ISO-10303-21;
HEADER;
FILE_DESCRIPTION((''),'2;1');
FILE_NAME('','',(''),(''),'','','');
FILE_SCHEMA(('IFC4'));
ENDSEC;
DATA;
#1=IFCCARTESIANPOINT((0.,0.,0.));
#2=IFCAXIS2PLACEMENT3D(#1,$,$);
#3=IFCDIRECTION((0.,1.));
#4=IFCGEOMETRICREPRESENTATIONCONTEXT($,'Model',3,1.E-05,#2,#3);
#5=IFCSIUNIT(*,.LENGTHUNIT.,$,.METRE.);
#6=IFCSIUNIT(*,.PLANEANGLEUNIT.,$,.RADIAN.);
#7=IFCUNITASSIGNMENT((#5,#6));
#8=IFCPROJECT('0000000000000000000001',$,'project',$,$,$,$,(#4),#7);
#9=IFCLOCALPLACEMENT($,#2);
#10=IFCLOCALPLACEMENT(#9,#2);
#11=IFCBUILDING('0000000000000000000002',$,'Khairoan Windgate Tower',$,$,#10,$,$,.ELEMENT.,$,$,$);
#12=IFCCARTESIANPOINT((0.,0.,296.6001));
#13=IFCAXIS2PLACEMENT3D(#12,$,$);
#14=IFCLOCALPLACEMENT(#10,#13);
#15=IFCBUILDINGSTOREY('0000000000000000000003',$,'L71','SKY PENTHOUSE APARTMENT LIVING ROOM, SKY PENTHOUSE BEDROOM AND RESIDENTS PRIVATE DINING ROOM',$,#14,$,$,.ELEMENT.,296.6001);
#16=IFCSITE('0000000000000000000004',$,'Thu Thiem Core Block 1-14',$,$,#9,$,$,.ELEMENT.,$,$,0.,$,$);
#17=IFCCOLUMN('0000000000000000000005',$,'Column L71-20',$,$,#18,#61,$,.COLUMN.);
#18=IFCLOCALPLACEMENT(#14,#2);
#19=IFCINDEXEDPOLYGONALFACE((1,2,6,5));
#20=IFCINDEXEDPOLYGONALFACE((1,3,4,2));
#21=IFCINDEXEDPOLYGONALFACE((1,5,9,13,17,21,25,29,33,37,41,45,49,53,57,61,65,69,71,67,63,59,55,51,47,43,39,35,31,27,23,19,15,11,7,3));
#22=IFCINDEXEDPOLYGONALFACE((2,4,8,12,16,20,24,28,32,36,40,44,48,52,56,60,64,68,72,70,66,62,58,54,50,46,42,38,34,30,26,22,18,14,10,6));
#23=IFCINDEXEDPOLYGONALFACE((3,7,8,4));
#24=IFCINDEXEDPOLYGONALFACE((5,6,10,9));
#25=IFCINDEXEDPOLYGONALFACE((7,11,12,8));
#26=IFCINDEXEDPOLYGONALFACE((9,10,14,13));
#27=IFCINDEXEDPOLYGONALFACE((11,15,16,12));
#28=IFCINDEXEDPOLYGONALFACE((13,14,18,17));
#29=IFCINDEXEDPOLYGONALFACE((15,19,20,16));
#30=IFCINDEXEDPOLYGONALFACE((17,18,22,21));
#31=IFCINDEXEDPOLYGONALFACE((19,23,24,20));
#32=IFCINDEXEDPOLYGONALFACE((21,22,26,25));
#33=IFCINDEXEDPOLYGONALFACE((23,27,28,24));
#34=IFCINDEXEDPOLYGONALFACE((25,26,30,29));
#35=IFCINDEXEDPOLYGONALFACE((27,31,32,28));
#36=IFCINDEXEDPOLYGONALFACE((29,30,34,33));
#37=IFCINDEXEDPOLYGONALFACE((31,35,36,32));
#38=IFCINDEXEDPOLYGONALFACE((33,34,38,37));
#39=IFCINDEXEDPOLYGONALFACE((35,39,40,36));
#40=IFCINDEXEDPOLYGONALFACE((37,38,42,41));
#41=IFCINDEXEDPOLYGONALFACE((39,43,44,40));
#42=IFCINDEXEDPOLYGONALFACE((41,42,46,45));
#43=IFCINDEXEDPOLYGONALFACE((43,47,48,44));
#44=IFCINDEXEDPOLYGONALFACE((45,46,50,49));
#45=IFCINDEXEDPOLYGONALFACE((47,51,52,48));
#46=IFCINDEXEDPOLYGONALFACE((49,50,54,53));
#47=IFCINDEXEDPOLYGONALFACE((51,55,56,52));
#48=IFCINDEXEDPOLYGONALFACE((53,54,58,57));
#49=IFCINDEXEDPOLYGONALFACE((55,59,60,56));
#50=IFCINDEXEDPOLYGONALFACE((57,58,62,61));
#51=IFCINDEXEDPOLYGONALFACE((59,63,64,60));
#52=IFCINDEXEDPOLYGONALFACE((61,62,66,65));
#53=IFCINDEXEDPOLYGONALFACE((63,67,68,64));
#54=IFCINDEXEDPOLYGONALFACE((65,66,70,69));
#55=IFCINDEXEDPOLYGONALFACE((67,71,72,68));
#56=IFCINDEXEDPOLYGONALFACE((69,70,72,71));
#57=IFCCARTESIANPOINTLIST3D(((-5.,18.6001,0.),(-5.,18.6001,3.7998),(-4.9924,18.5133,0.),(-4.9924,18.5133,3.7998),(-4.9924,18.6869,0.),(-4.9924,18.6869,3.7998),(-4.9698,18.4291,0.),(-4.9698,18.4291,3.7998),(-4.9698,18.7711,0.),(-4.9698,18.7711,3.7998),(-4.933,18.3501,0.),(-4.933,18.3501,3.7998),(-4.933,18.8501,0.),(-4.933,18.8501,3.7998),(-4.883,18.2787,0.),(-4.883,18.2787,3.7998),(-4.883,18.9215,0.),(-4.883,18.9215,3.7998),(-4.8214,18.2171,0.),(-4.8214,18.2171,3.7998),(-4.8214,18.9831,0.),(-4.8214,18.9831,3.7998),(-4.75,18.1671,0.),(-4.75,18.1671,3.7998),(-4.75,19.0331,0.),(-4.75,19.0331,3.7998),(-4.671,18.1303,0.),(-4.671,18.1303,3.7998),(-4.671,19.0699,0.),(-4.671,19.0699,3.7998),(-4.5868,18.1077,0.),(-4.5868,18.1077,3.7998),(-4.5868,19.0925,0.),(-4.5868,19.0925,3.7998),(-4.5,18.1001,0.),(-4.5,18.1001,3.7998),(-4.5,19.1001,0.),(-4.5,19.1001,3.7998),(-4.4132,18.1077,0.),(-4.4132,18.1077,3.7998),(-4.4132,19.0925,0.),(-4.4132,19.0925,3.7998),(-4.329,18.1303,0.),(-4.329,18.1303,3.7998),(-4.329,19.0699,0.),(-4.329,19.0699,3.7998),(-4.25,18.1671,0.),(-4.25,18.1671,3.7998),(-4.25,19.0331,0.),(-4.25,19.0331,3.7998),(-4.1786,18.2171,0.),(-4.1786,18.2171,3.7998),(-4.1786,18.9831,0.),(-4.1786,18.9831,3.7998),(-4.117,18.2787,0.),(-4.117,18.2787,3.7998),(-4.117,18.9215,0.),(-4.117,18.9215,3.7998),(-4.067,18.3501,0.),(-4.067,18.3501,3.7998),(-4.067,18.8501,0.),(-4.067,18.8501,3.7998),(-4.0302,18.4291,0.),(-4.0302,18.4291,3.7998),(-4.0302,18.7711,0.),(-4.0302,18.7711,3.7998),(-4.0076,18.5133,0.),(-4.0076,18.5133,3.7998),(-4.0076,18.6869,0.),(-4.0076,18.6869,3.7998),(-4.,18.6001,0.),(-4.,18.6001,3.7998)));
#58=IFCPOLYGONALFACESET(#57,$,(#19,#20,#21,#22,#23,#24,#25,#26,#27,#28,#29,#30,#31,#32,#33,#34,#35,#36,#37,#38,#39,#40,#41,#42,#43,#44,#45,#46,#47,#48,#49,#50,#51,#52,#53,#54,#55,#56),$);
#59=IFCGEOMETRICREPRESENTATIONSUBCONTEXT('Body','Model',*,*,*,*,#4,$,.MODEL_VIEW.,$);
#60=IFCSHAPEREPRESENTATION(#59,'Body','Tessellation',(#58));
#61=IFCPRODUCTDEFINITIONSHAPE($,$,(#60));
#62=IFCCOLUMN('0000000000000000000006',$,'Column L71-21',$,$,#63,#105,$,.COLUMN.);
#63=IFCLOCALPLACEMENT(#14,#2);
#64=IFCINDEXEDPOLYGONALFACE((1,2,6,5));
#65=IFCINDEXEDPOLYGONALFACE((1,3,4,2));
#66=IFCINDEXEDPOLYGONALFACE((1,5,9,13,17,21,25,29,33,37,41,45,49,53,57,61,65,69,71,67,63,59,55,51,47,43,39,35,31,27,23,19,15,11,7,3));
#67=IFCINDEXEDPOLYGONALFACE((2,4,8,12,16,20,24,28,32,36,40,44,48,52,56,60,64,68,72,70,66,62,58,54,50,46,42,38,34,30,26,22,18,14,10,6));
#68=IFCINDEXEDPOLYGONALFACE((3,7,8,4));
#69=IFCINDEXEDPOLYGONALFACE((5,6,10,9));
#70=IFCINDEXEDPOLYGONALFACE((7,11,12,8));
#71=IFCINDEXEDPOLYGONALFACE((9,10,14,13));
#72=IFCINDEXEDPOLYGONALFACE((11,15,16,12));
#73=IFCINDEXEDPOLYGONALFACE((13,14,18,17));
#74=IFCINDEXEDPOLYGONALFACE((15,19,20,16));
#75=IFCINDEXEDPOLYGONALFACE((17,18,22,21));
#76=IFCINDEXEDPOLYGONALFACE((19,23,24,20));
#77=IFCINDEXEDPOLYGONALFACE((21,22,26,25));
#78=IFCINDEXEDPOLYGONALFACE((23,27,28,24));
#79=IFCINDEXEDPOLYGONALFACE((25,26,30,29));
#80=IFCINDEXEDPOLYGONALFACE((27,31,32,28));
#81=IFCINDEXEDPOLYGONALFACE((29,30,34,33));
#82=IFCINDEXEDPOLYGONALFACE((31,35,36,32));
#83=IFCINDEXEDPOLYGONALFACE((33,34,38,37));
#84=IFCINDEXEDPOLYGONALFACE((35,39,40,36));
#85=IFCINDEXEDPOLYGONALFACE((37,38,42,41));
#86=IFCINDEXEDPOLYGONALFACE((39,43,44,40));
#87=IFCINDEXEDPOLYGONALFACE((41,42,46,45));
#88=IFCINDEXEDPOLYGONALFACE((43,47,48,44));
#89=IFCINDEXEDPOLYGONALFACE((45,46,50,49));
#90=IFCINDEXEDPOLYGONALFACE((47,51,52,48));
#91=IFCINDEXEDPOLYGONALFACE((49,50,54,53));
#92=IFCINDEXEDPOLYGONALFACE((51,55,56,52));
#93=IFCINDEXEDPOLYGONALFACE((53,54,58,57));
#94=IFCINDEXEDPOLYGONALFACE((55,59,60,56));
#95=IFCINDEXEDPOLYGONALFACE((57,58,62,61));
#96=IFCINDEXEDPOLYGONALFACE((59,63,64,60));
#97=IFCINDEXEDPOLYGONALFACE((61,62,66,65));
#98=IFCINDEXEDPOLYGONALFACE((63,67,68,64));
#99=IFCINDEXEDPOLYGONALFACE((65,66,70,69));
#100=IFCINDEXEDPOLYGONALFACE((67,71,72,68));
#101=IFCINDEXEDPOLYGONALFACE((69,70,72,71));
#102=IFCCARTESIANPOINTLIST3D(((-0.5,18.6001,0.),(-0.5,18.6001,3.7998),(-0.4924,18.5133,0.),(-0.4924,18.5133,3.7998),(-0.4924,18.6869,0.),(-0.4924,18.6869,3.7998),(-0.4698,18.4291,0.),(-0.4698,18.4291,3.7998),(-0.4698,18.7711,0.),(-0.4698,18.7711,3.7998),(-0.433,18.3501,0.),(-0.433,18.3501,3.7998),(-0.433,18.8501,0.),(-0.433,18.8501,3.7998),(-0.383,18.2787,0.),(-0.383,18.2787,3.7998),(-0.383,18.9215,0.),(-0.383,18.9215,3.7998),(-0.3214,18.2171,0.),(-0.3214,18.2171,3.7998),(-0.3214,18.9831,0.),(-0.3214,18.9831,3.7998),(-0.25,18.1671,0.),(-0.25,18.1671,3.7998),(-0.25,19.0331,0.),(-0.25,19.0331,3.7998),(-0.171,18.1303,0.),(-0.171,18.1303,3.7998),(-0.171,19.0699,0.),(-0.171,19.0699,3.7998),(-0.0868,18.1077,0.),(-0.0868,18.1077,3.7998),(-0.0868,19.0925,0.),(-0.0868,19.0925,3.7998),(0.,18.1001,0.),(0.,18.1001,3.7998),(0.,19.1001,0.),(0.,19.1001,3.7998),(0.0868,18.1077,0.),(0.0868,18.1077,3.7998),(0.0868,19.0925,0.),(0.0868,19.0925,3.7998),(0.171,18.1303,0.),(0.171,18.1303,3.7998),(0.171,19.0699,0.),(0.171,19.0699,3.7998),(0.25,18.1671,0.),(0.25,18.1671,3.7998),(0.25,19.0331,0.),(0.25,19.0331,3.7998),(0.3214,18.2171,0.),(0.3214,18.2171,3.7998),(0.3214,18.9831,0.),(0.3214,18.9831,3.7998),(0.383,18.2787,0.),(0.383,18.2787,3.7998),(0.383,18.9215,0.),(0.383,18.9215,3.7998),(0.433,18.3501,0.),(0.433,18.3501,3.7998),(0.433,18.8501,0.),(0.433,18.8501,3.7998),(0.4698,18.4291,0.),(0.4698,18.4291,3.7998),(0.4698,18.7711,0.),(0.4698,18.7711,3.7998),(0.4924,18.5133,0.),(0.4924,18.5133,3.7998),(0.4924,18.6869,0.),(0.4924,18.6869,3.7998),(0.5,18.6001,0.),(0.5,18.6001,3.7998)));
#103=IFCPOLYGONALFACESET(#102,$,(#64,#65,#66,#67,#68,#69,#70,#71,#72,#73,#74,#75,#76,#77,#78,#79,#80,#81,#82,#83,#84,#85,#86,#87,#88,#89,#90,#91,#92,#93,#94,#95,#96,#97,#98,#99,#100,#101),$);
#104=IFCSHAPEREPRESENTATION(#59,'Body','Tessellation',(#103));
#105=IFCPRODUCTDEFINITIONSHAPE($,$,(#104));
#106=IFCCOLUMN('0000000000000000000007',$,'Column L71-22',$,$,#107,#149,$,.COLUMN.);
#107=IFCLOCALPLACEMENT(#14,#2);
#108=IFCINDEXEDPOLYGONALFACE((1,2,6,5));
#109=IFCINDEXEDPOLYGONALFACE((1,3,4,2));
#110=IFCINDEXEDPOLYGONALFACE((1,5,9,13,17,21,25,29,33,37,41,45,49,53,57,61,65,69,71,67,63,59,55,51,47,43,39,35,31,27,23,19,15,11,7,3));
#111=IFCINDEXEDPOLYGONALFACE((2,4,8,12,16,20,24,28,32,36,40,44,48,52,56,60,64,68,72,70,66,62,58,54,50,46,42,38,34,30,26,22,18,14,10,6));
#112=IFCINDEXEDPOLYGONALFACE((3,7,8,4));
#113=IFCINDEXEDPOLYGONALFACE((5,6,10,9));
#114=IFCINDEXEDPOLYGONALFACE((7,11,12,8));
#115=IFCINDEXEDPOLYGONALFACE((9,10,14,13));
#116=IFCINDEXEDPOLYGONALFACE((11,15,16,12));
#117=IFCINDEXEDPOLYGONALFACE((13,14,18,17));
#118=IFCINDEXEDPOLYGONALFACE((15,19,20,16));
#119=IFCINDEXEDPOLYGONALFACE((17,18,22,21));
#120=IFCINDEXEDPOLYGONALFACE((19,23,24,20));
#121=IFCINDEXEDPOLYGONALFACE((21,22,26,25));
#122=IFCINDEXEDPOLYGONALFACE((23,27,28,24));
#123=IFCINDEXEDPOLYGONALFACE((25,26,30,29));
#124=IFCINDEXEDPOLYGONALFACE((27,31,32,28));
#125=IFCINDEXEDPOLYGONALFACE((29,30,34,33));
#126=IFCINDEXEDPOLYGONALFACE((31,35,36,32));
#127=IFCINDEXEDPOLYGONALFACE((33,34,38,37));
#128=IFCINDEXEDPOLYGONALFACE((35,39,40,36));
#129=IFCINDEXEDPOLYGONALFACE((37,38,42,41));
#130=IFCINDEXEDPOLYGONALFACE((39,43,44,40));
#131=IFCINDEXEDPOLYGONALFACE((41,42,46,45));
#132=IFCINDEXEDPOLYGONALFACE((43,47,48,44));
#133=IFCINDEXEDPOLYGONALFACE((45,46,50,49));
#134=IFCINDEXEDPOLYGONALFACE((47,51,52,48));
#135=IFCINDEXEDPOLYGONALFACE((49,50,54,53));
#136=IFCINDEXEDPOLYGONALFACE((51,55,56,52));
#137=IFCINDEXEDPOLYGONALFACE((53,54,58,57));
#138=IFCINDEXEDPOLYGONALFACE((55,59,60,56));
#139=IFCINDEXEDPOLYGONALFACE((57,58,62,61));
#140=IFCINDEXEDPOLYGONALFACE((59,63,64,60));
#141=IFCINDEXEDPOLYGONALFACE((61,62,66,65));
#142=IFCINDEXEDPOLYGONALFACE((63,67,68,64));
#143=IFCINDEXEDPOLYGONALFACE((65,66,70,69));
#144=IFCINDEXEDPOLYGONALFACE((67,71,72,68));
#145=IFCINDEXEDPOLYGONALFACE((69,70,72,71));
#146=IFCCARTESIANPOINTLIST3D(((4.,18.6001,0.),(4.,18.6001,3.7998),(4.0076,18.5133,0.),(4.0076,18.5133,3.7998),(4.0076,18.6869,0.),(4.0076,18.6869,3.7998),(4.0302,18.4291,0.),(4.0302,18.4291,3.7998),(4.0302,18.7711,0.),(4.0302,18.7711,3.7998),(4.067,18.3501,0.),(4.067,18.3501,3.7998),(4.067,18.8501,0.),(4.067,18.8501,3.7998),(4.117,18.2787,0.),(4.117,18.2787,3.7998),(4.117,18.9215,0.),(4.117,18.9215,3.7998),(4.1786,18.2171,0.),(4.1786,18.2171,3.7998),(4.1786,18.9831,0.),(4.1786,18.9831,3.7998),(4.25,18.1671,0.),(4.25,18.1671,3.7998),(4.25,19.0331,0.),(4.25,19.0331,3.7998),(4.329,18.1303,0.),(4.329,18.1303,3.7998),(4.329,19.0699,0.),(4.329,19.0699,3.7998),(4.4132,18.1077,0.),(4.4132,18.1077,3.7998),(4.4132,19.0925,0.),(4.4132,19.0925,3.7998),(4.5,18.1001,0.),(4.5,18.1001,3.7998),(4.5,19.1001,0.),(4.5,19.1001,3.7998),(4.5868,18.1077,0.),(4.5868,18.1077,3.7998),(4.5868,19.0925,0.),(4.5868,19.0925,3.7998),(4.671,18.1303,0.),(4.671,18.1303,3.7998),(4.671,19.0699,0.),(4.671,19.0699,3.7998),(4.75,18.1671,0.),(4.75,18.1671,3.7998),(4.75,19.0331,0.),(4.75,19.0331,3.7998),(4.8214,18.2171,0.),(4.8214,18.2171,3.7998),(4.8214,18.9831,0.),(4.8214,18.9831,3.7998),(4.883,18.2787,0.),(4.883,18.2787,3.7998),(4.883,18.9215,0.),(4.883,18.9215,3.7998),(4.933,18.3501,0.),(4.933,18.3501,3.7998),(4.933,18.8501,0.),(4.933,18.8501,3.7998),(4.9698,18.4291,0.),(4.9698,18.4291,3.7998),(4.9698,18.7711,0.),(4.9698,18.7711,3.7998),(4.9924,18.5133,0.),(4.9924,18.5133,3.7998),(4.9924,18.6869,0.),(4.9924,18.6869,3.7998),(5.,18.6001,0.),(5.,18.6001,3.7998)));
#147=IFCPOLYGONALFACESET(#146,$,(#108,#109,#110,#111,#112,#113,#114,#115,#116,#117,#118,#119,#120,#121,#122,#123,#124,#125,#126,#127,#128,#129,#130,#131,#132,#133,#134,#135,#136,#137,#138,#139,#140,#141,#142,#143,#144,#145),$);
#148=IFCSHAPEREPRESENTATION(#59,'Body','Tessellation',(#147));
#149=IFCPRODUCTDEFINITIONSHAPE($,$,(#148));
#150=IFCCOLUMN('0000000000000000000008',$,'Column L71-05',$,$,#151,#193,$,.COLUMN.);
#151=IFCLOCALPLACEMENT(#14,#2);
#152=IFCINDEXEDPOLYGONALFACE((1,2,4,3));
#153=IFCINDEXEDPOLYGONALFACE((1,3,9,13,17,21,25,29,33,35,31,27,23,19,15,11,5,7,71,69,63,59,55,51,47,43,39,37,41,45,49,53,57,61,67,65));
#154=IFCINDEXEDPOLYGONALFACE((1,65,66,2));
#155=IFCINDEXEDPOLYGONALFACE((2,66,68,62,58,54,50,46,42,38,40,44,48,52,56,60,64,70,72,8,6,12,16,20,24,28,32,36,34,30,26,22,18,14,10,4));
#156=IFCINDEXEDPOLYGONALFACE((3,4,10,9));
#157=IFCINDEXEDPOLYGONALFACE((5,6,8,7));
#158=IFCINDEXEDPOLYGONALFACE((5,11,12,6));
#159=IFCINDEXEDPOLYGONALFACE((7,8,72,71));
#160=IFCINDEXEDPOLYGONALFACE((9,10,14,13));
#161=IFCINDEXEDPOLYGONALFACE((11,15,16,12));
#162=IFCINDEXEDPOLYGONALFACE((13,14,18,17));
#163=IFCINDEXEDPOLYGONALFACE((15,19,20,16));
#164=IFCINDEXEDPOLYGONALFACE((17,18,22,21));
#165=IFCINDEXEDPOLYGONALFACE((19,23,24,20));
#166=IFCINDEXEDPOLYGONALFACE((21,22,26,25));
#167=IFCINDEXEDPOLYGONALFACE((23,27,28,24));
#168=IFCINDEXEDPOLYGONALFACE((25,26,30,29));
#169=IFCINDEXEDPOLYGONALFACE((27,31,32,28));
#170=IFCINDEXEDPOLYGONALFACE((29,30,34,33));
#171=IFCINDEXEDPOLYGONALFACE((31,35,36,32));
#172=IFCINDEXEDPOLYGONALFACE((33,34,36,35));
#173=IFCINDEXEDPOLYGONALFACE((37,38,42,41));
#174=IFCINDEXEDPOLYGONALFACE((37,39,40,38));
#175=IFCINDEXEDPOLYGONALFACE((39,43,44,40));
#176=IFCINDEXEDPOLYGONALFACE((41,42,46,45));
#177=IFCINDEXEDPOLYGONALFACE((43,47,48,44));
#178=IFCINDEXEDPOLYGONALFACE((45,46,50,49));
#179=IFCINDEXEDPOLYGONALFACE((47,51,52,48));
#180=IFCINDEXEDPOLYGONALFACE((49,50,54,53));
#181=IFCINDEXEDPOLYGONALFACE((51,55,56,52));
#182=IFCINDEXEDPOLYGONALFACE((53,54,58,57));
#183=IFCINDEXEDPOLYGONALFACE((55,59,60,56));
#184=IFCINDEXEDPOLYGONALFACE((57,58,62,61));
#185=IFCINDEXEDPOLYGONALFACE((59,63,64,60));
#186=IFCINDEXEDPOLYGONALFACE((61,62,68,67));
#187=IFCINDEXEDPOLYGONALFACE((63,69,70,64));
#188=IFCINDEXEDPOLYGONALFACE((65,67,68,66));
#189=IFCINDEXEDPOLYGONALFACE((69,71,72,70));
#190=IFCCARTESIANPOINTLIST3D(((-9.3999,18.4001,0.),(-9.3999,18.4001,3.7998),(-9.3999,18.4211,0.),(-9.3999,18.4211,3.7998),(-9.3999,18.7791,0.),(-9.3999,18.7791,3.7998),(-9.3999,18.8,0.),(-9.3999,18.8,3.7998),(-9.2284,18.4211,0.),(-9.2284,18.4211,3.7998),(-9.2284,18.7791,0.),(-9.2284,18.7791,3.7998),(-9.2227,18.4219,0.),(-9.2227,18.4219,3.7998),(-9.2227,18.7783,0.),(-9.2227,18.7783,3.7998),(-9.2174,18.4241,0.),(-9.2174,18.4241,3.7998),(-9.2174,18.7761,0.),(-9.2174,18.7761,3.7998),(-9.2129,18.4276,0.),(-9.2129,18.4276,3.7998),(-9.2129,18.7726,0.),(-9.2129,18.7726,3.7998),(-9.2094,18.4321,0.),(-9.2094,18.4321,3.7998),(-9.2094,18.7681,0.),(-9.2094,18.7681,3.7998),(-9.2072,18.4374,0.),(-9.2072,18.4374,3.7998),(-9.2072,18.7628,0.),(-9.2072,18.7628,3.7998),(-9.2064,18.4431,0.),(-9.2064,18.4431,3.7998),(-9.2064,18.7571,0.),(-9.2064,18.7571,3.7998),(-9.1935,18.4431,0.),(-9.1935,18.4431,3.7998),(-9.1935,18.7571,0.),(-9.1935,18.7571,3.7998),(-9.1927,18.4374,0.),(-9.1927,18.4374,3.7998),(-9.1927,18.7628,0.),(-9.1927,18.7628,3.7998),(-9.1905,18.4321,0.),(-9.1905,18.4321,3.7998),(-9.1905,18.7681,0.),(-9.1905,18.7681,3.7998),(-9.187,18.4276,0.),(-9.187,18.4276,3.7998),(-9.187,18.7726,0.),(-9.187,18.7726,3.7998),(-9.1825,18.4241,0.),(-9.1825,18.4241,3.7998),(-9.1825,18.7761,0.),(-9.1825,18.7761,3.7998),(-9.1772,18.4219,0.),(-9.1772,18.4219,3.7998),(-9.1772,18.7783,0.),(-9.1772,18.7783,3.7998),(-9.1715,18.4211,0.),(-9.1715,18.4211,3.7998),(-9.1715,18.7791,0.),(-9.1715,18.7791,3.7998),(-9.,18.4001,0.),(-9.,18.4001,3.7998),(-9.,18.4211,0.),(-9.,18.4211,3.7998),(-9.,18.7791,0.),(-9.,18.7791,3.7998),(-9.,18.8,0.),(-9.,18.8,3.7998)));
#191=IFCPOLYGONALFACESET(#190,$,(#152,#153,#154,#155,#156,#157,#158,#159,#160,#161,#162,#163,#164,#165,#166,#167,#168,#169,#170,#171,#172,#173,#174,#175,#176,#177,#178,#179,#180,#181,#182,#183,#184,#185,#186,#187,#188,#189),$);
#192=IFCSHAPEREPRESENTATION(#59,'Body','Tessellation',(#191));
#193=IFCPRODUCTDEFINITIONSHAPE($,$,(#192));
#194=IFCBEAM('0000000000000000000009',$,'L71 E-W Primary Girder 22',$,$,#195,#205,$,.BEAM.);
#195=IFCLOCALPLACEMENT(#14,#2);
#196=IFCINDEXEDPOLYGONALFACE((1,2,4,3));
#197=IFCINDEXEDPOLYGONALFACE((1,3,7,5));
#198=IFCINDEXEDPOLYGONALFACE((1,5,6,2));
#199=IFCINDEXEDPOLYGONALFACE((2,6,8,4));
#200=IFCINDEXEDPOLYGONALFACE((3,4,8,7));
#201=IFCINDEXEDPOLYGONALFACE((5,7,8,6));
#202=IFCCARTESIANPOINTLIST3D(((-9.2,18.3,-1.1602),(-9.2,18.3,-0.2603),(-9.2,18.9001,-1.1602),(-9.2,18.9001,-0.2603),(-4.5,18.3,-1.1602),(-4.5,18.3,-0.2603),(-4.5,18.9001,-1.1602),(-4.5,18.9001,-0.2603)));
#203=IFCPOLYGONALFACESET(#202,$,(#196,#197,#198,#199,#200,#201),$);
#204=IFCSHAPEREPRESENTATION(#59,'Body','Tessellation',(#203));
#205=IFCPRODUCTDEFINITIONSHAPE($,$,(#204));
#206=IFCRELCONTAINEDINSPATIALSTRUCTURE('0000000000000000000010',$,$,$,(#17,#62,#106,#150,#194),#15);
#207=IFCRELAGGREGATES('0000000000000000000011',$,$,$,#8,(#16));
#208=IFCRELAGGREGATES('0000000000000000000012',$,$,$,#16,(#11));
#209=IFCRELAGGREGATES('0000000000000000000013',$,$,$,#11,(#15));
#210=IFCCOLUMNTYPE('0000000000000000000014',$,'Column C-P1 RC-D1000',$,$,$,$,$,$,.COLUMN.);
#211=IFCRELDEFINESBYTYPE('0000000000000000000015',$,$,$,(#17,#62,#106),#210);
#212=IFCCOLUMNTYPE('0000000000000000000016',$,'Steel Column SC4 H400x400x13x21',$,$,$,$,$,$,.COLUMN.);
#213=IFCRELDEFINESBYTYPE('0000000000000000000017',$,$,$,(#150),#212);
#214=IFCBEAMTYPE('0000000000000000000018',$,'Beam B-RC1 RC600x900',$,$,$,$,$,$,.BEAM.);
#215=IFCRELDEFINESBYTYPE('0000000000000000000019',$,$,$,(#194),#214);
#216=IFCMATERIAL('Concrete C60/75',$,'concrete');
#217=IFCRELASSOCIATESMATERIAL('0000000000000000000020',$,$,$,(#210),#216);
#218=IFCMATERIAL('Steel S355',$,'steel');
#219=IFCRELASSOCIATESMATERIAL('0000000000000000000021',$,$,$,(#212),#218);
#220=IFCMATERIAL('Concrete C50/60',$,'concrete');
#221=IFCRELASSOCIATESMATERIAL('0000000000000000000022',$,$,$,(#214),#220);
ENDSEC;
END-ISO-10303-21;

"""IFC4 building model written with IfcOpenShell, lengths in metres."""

from ifc_helpers import new_model, si_unit, direction, frame, origin, origin_2d, place, context, subcontext, project, spatial, rectangle, circle, i_section, extrude, material, material_profile, profile_set, type_object, element, save


model = new_model("IFC4")

# Units and contexts
model_context = context("Model", 3, precision=1e-05, world=origin(), true_north=direction((0.0, 1.0)))
body_context = subcontext(model_context, "Body", "Model", "MODEL_VIEW")
ifc_project = project(units=[si_unit("LENGTHUNIT", "METRE"), si_unit("PLANEANGLEUNIT", "RADIAN")], contexts=[model_context])

# Site, building, storey
site_placement = place(None, origin())
site = spatial("IfcSite", under=ifc_project, at=site_placement, Name="Thu Thiem Core Block 1-14", CompositionType="ELEMENT", RefElevation=0.0)
building_placement = place(site_placement, origin())
building = spatial("IfcBuilding", under=site, at=building_placement, Name="Khairoan Windgate Tower", CompositionType="ELEMENT")
storey_placement = place(building_placement, frame((0.0, 0.0, 296.6001)))
storey = spatial("IfcBuildingStorey", under=building, at=storey_placement, Name="L71", Description="SKY PENTHOUSE APARTMENT LIVING ROOM, SKY PENTHOUSE BEDROOM AND RESIDENTS PRIVATE DINING ROOM", CompositionType="ELEMENT", Elevation=296.6001)

# Columns
ifc_material_1 = material(Name="Concrete C60/75", Category="concrete")
ifc_material_profile_1 = material_profile(ifc_material_1, circle(Radius=0.5, at=origin_2d()))
ifc_profile_set_1 = profile_set([ifc_material_profile_1], Name="Concrete C60/75")
column_type_1 = type_object("IfcColumnType", Name="Column C-P1 RC-D1000", PredefinedType="COLUMN", material=ifc_profile_set_1)
for number, where, z_axis, x_axis, name in (
    (1, (-4.5, 18.6001, 0.0), (0.0, 0.0, 1.0), (1.0, 0.0, 0.0), "Column L71-20"),
    (2, (0.0, 18.6001, 0.0), (0.0, 0.0, 1.0), (1.0, 0.0, 0.0), "Column L71-21"),
    (3, (4.5, 18.6001, 0.0), (0.0, 0.0, 1.0), (1.0, 0.0, 0.0), "Column L71-22"),
):
    element("IfcColumn", number, at=place(storey_placement, frame(where, z_axis=z_axis, x_axis=x_axis)), inside=storey, type_object=column_type_1, Name=name, PredefinedType="COLUMN", context=body_context, shape_type="SweptSolid", body=[
        extrude(circle(Radius=0.5, at=origin_2d()), origin(), (0.0, 0.0, 1.0), 3.7998),
    ])
ifc_material_2 = material(Name="Steel S355", Category="steel")
ifc_material_profile_2 = material_profile(ifc_material_2, i_section(OverallWidth=0.3999, OverallDepth=0.3999, WebThickness=0.0129, FlangeThickness=0.021, FilletRadius=0.022, at=origin_2d()))
ifc_profile_set_2 = profile_set([ifc_material_profile_2], Name="Steel S355")
column_type_2 = type_object("IfcColumnType", Name="Steel Column SC4 H400x400x13x21", PredefinedType="COLUMN", material=ifc_profile_set_2)
column_placement = place(storey_placement, frame((-9.2, 18.6001, 0.0), z_axis=(0.0, 0.0, 1.0), x_axis=(1.0, 0.0, 0.0)))
element("IfcColumn", 4, at=column_placement, inside=storey, type_object=column_type_2, Name="Column L71-05", PredefinedType="COLUMN", context=body_context, shape_type="SweptSolid", body=[
    extrude(i_section(OverallWidth=0.3999, OverallDepth=0.3999, WebThickness=0.0129, FlangeThickness=0.021, FilletRadius=0.022, at=origin_2d()), origin(), (0.0, 0.0, 1.0), 3.7998),
])

# Beam
ifc_material_3 = material(Name="Concrete C50/60", Category="concrete")
ifc_material_profile_3 = material_profile(ifc_material_3, rectangle(XDim=0.6001, YDim=0.8999, at=origin_2d()))
ifc_profile_set_3 = profile_set([ifc_material_profile_3], Name="Concrete C50/60")
beam_type = type_object("IfcBeamType", Name="Beam B-RC1 RC600x900", PredefinedType="BEAM", material=ifc_profile_set_3)
beam_1_placement = place(storey_placement, frame((-9.2, 18.6001, -0.7102), z_axis=(1.0, 0.0, 0.0), x_axis=(0.0, 1.0, 0.0)))
element("IfcBeam", 5, at=beam_1_placement, inside=storey, type_object=beam_type, Name="L71 E-W Primary Girder 22", PredefinedType="BEAM", context=body_context, shape_type="SweptSolid", body=[
    extrude(rectangle(XDim=0.6001, YDim=0.8999, at=origin_2d()), origin(), (0.0, 0.0, 1.0), 4.7),
])

save(model, "model.ifc")
